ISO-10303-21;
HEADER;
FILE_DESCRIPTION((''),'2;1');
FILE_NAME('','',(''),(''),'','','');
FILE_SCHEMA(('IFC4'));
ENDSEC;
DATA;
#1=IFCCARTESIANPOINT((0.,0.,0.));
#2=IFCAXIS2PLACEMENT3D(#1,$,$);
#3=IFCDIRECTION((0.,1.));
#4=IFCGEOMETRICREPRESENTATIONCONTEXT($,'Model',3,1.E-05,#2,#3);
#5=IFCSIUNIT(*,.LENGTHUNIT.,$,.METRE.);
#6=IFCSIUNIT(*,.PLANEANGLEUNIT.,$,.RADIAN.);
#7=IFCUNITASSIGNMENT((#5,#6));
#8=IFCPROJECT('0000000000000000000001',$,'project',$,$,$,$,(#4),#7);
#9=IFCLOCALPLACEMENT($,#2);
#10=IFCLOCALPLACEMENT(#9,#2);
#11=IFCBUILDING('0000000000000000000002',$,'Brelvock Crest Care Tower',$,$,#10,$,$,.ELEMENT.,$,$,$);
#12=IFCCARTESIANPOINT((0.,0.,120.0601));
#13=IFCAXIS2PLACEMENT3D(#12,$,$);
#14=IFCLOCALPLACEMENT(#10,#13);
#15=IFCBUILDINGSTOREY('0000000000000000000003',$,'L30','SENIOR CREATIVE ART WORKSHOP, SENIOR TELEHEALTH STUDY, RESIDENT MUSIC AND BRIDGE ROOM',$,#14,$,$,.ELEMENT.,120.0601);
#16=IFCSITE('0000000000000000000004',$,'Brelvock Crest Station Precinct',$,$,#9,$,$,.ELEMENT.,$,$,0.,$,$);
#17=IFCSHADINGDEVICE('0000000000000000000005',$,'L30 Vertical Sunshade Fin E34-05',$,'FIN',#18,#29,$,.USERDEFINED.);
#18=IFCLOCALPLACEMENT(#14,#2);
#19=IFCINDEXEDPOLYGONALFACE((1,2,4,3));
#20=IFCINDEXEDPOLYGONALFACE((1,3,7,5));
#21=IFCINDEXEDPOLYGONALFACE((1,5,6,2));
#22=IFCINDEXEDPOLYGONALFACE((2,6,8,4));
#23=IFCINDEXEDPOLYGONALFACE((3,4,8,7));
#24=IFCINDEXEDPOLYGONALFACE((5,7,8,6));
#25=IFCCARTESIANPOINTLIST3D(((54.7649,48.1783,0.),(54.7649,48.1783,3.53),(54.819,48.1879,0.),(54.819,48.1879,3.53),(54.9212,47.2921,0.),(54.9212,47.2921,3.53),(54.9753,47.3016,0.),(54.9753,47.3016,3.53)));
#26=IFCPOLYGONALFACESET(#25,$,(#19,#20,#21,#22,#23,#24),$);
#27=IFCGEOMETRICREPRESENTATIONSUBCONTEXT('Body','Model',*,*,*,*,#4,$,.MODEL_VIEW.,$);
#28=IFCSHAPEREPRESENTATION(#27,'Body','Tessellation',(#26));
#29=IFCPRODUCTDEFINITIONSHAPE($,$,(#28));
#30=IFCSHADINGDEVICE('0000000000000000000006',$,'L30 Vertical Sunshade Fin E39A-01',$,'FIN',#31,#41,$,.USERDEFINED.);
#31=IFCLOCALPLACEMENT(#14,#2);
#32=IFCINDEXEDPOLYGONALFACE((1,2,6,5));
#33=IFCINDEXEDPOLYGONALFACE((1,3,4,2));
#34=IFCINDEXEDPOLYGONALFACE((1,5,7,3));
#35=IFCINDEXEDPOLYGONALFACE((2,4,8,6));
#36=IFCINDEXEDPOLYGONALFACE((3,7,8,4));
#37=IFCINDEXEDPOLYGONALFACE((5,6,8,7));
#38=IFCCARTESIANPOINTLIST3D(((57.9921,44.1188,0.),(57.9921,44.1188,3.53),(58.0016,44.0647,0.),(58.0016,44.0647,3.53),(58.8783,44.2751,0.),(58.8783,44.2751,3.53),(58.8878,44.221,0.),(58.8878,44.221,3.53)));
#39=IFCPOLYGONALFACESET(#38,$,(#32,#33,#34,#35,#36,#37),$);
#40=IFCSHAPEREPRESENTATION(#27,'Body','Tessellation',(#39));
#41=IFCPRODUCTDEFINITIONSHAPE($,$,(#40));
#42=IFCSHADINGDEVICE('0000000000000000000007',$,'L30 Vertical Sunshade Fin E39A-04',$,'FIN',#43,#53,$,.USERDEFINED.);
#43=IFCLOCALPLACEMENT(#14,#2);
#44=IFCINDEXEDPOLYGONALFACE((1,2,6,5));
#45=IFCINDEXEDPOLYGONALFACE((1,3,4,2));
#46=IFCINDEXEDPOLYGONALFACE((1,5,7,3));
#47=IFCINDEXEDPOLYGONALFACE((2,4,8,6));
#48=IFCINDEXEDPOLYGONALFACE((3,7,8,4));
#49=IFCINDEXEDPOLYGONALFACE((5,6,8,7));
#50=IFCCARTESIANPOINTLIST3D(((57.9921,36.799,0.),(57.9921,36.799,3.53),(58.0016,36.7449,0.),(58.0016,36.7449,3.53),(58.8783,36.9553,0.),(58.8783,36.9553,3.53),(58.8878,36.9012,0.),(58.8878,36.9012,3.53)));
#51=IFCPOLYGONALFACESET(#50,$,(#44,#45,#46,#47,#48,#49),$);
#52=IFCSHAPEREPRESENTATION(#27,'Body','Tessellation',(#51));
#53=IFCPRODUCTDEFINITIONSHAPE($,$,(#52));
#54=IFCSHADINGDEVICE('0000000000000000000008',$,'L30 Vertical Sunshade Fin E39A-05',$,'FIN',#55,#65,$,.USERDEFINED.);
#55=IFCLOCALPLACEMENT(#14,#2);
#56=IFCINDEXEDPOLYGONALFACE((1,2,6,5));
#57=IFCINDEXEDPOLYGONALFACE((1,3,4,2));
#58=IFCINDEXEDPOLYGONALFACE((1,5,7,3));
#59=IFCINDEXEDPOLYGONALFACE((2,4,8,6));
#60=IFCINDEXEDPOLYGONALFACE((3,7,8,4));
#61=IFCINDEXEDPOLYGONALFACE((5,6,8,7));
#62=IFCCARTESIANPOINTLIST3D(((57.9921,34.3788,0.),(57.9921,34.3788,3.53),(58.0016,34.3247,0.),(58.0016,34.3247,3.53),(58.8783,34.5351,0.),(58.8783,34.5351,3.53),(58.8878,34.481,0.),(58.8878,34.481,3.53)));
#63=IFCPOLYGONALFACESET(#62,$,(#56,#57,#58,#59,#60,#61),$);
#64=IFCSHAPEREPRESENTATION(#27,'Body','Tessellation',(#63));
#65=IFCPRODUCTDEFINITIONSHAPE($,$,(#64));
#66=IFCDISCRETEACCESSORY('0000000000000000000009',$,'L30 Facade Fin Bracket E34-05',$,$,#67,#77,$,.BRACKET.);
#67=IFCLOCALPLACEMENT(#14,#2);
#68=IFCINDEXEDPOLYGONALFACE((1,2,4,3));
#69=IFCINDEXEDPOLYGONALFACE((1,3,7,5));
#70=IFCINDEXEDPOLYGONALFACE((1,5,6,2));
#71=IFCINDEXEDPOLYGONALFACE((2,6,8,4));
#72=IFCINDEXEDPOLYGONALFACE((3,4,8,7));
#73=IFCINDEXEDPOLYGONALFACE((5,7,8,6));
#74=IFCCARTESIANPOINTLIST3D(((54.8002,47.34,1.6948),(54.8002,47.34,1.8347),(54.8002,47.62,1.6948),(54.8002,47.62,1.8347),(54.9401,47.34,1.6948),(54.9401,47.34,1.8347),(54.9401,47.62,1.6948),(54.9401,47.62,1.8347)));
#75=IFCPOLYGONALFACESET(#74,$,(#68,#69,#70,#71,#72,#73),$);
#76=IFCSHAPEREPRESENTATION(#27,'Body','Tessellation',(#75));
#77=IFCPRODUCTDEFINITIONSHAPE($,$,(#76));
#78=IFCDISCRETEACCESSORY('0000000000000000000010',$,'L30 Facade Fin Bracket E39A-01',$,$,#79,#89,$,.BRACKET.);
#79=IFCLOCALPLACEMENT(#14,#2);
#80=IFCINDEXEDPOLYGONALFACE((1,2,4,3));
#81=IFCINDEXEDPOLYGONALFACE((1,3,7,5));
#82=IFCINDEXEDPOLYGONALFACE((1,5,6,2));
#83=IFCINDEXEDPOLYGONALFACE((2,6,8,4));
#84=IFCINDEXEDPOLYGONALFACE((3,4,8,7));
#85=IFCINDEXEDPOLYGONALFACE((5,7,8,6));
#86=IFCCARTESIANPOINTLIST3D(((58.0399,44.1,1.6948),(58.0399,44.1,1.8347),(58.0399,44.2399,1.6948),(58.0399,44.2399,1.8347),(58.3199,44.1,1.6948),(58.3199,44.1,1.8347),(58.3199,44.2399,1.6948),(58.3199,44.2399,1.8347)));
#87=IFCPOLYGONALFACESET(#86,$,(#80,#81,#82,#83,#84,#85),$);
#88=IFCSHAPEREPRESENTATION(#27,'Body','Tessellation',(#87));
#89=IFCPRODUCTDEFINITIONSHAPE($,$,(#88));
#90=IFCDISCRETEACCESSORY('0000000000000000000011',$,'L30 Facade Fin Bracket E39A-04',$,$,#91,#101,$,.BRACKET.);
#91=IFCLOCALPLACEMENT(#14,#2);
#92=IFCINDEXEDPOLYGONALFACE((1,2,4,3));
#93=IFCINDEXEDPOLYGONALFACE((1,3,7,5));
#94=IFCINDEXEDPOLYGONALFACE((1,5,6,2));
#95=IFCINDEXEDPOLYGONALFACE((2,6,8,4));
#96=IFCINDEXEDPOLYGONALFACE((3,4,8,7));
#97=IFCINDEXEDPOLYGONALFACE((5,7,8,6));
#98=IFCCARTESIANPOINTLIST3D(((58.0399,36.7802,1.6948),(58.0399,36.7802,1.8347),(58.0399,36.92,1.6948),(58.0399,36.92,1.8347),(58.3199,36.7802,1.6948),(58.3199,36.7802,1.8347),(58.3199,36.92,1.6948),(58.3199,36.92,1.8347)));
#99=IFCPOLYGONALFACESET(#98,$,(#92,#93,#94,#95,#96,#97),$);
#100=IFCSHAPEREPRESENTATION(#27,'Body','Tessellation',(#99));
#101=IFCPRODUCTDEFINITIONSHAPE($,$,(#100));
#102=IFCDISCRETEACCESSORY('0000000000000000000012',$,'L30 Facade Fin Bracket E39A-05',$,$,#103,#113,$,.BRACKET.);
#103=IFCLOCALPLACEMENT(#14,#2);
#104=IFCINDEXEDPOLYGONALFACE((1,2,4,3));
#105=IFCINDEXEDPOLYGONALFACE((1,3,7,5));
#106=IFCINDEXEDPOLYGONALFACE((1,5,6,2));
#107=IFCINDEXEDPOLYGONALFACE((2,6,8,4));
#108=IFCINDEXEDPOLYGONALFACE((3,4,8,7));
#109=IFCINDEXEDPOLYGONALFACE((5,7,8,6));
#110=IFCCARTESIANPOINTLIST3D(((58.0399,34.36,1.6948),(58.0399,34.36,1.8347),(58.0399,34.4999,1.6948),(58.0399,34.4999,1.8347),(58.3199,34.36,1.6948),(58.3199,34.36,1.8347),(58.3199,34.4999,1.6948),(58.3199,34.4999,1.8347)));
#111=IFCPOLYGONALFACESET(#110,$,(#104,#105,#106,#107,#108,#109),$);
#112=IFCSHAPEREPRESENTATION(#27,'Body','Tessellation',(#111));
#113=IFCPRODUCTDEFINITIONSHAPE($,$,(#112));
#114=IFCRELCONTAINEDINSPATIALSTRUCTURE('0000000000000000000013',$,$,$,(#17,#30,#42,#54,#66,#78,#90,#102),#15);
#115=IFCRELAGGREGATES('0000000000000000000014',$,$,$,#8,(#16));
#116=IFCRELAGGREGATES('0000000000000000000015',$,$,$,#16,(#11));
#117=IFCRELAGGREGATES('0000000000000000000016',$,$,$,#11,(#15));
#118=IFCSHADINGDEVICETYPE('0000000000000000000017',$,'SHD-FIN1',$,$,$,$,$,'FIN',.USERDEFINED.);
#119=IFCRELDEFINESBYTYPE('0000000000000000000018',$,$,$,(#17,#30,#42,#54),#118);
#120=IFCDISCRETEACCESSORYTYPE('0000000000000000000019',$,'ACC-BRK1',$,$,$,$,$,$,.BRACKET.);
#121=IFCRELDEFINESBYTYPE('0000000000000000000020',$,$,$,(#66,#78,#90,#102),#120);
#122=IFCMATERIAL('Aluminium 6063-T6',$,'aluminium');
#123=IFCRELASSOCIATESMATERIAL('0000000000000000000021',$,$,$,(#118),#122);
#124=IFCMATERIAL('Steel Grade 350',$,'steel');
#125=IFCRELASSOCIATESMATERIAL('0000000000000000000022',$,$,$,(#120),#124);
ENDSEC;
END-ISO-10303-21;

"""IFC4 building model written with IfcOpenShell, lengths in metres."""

from ifc_helpers import new_model, si_unit, direction, frame, origin, origin_2d, place, context, subcontext, project, spatial, rectangle, extrude, source, transform, mapped, material, material_profile, profile_set, type_object, element, save


model = new_model("IFC4")

# Units and contexts
model_context = context("Model", 3, precision=1e-05, world=origin(), true_north=direction((0.0, 1.0)))
body_context = subcontext(model_context, "Body", "Model", "MODEL_VIEW")
ifc_project = project(units=[si_unit("LENGTHUNIT", "METRE"), si_unit("PLANEANGLEUNIT", "RADIAN")], contexts=[model_context])

# Site, building, storey
site_placement = place(None, origin())
site = spatial("IfcSite", under=ifc_project, at=site_placement, Name="Brelvock Crest Station Precinct", CompositionType="ELEMENT", RefElevation=0.0)
building_placement = place(site_placement, origin())
building = spatial("IfcBuilding", under=site, at=building_placement, Name="Brelvock Crest Care Tower", CompositionType="ELEMENT")
storey_placement = place(building_placement, frame((0.0, 0.0, 120.0601)))
storey = spatial("IfcBuildingStorey", under=building, at=storey_placement, Name="L30", Description="SENIOR CREATIVE ART WORKSHOP, SENIOR TELEHEALTH STUDY, RESIDENT MUSIC AND BRIDGE ROOM", CompositionType="ELEMENT", Elevation=120.0601)

# Shared definitions
ifc_material_1 = material(Name="Steel Grade 350", Category="steel")

# Shared definitions
ifc_material_2 = material(Name="Aluminium 6063-T6", Category="aluminium")

# Shading devices
ifc_material_profile_1 = material_profile(ifc_material_2, rectangle(XDim=0.0549, YDim=0.8999, at=origin_2d()), Name="FIN55x900")
ifc_profile_set_1 = profile_set([ifc_material_profile_1], Name="Aluminium 6063-T6")
shading_device_type = type_object("IfcShadingDeviceType", Name="SHD-FIN1", ElementType="FIN", PredefinedType="USERDEFINED", material=ifc_profile_set_1)
shared_shape_1 = source(origin(), body_context, "Body", "SweptSolid", [
    extrude(rectangle(XDim=0.0549, YDim=0.8999, at=origin_2d()), origin(), (0.0, 0.0, 1.0), 3.53),
])
for number, where, z_axis, x_axis, name in (
    (1, (54.8701, 47.74, 0.0), (0.0, 0.0, 1.0), (0.984808, 0.173648, 0.0), "L30 Vertical Sunshade Fin E34-05"),
    (2, (58.4399, 44.1699, 0.0), (0.0, 0.0, 1.0), (0.173648, -0.984808, 0.0), "L30 Vertical Sunshade Fin E39A-01"),
    (3, (58.4399, 36.8501, 0.0), (0.0, 0.0, 1.0), (0.173648, -0.984808, 0.0), "L30 Vertical Sunshade Fin E39A-04"),
    (4, (58.4399, 34.4299, 0.0), (0.0, 0.0, 1.0), (0.173648, -0.984808, 0.0), "L30 Vertical Sunshade Fin E39A-05"),
):
    element("IfcShadingDevice", number, at=place(storey_placement, frame(where, z_axis=z_axis, x_axis=x_axis)), inside=storey, type_object=shading_device_type, Name=name, ObjectType="FIN", PredefinedType="USERDEFINED", context=body_context, shape_type="MappedRepresentation", body=[
        mapped(shared_shape_1, transform((0.0, 0.0, 0.0), x_axis=(1.0, 0.0, 0.0), y_axis=(0.0, 1.0, 0.0), z_axis=(0.0, 0.0, 1.0), scale=1.0)),
    ])

# Discrete accessories
discrete_accessory_type = type_object("IfcDiscreteAccessoryType", Name="ACC-BRK1", PredefinedType="BRACKET", material=ifc_material_1)
shared_shape_2 = source(origin(), body_context, "Body", "SweptSolid", [
    extrude(rectangle(XDim=0.28, YDim=0.1399, at=origin_2d()), origin(), (0.0, 0.0, 1.0), 0.1399),
])
for number, where, z_axis, x_axis, name in (
    (5, (54.8701, 47.48, 1.6948), (0.0, 0.0, 1.0), (0.0, 1.0, 0.0), "L30 Facade Fin Bracket E34-05"),
    (6, (58.1799, 44.1699, 1.6948), (0.0, 0.0, 1.0), (1.0, 0.0, 0.0), "L30 Facade Fin Bracket E39A-01"),
    (7, (58.1799, 36.8501, 1.6948), (0.0, 0.0, 1.0), (1.0, 0.0, 0.0), "L30 Facade Fin Bracket E39A-04"),
    (8, (58.1799, 34.4299, 1.6948), (0.0, 0.0, 1.0), (1.0, 0.0, 0.0), "L30 Facade Fin Bracket E39A-05"),
):
    element("IfcDiscreteAccessory", number, at=place(storey_placement, frame(where, z_axis=z_axis, x_axis=x_axis)), inside=storey, type_object=discrete_accessory_type, Name=name, PredefinedType="BRACKET", context=body_context, shape_type="MappedRepresentation", body=[
        mapped(shared_shape_2, transform((0.0, 0.0, 0.0), x_axis=(1.0, 0.0, 0.0), y_axis=(0.0, 1.0, 0.0), z_axis=(0.0, 0.0, 1.0), scale=1.0)),
    ])

save(model, "model.ifc")
